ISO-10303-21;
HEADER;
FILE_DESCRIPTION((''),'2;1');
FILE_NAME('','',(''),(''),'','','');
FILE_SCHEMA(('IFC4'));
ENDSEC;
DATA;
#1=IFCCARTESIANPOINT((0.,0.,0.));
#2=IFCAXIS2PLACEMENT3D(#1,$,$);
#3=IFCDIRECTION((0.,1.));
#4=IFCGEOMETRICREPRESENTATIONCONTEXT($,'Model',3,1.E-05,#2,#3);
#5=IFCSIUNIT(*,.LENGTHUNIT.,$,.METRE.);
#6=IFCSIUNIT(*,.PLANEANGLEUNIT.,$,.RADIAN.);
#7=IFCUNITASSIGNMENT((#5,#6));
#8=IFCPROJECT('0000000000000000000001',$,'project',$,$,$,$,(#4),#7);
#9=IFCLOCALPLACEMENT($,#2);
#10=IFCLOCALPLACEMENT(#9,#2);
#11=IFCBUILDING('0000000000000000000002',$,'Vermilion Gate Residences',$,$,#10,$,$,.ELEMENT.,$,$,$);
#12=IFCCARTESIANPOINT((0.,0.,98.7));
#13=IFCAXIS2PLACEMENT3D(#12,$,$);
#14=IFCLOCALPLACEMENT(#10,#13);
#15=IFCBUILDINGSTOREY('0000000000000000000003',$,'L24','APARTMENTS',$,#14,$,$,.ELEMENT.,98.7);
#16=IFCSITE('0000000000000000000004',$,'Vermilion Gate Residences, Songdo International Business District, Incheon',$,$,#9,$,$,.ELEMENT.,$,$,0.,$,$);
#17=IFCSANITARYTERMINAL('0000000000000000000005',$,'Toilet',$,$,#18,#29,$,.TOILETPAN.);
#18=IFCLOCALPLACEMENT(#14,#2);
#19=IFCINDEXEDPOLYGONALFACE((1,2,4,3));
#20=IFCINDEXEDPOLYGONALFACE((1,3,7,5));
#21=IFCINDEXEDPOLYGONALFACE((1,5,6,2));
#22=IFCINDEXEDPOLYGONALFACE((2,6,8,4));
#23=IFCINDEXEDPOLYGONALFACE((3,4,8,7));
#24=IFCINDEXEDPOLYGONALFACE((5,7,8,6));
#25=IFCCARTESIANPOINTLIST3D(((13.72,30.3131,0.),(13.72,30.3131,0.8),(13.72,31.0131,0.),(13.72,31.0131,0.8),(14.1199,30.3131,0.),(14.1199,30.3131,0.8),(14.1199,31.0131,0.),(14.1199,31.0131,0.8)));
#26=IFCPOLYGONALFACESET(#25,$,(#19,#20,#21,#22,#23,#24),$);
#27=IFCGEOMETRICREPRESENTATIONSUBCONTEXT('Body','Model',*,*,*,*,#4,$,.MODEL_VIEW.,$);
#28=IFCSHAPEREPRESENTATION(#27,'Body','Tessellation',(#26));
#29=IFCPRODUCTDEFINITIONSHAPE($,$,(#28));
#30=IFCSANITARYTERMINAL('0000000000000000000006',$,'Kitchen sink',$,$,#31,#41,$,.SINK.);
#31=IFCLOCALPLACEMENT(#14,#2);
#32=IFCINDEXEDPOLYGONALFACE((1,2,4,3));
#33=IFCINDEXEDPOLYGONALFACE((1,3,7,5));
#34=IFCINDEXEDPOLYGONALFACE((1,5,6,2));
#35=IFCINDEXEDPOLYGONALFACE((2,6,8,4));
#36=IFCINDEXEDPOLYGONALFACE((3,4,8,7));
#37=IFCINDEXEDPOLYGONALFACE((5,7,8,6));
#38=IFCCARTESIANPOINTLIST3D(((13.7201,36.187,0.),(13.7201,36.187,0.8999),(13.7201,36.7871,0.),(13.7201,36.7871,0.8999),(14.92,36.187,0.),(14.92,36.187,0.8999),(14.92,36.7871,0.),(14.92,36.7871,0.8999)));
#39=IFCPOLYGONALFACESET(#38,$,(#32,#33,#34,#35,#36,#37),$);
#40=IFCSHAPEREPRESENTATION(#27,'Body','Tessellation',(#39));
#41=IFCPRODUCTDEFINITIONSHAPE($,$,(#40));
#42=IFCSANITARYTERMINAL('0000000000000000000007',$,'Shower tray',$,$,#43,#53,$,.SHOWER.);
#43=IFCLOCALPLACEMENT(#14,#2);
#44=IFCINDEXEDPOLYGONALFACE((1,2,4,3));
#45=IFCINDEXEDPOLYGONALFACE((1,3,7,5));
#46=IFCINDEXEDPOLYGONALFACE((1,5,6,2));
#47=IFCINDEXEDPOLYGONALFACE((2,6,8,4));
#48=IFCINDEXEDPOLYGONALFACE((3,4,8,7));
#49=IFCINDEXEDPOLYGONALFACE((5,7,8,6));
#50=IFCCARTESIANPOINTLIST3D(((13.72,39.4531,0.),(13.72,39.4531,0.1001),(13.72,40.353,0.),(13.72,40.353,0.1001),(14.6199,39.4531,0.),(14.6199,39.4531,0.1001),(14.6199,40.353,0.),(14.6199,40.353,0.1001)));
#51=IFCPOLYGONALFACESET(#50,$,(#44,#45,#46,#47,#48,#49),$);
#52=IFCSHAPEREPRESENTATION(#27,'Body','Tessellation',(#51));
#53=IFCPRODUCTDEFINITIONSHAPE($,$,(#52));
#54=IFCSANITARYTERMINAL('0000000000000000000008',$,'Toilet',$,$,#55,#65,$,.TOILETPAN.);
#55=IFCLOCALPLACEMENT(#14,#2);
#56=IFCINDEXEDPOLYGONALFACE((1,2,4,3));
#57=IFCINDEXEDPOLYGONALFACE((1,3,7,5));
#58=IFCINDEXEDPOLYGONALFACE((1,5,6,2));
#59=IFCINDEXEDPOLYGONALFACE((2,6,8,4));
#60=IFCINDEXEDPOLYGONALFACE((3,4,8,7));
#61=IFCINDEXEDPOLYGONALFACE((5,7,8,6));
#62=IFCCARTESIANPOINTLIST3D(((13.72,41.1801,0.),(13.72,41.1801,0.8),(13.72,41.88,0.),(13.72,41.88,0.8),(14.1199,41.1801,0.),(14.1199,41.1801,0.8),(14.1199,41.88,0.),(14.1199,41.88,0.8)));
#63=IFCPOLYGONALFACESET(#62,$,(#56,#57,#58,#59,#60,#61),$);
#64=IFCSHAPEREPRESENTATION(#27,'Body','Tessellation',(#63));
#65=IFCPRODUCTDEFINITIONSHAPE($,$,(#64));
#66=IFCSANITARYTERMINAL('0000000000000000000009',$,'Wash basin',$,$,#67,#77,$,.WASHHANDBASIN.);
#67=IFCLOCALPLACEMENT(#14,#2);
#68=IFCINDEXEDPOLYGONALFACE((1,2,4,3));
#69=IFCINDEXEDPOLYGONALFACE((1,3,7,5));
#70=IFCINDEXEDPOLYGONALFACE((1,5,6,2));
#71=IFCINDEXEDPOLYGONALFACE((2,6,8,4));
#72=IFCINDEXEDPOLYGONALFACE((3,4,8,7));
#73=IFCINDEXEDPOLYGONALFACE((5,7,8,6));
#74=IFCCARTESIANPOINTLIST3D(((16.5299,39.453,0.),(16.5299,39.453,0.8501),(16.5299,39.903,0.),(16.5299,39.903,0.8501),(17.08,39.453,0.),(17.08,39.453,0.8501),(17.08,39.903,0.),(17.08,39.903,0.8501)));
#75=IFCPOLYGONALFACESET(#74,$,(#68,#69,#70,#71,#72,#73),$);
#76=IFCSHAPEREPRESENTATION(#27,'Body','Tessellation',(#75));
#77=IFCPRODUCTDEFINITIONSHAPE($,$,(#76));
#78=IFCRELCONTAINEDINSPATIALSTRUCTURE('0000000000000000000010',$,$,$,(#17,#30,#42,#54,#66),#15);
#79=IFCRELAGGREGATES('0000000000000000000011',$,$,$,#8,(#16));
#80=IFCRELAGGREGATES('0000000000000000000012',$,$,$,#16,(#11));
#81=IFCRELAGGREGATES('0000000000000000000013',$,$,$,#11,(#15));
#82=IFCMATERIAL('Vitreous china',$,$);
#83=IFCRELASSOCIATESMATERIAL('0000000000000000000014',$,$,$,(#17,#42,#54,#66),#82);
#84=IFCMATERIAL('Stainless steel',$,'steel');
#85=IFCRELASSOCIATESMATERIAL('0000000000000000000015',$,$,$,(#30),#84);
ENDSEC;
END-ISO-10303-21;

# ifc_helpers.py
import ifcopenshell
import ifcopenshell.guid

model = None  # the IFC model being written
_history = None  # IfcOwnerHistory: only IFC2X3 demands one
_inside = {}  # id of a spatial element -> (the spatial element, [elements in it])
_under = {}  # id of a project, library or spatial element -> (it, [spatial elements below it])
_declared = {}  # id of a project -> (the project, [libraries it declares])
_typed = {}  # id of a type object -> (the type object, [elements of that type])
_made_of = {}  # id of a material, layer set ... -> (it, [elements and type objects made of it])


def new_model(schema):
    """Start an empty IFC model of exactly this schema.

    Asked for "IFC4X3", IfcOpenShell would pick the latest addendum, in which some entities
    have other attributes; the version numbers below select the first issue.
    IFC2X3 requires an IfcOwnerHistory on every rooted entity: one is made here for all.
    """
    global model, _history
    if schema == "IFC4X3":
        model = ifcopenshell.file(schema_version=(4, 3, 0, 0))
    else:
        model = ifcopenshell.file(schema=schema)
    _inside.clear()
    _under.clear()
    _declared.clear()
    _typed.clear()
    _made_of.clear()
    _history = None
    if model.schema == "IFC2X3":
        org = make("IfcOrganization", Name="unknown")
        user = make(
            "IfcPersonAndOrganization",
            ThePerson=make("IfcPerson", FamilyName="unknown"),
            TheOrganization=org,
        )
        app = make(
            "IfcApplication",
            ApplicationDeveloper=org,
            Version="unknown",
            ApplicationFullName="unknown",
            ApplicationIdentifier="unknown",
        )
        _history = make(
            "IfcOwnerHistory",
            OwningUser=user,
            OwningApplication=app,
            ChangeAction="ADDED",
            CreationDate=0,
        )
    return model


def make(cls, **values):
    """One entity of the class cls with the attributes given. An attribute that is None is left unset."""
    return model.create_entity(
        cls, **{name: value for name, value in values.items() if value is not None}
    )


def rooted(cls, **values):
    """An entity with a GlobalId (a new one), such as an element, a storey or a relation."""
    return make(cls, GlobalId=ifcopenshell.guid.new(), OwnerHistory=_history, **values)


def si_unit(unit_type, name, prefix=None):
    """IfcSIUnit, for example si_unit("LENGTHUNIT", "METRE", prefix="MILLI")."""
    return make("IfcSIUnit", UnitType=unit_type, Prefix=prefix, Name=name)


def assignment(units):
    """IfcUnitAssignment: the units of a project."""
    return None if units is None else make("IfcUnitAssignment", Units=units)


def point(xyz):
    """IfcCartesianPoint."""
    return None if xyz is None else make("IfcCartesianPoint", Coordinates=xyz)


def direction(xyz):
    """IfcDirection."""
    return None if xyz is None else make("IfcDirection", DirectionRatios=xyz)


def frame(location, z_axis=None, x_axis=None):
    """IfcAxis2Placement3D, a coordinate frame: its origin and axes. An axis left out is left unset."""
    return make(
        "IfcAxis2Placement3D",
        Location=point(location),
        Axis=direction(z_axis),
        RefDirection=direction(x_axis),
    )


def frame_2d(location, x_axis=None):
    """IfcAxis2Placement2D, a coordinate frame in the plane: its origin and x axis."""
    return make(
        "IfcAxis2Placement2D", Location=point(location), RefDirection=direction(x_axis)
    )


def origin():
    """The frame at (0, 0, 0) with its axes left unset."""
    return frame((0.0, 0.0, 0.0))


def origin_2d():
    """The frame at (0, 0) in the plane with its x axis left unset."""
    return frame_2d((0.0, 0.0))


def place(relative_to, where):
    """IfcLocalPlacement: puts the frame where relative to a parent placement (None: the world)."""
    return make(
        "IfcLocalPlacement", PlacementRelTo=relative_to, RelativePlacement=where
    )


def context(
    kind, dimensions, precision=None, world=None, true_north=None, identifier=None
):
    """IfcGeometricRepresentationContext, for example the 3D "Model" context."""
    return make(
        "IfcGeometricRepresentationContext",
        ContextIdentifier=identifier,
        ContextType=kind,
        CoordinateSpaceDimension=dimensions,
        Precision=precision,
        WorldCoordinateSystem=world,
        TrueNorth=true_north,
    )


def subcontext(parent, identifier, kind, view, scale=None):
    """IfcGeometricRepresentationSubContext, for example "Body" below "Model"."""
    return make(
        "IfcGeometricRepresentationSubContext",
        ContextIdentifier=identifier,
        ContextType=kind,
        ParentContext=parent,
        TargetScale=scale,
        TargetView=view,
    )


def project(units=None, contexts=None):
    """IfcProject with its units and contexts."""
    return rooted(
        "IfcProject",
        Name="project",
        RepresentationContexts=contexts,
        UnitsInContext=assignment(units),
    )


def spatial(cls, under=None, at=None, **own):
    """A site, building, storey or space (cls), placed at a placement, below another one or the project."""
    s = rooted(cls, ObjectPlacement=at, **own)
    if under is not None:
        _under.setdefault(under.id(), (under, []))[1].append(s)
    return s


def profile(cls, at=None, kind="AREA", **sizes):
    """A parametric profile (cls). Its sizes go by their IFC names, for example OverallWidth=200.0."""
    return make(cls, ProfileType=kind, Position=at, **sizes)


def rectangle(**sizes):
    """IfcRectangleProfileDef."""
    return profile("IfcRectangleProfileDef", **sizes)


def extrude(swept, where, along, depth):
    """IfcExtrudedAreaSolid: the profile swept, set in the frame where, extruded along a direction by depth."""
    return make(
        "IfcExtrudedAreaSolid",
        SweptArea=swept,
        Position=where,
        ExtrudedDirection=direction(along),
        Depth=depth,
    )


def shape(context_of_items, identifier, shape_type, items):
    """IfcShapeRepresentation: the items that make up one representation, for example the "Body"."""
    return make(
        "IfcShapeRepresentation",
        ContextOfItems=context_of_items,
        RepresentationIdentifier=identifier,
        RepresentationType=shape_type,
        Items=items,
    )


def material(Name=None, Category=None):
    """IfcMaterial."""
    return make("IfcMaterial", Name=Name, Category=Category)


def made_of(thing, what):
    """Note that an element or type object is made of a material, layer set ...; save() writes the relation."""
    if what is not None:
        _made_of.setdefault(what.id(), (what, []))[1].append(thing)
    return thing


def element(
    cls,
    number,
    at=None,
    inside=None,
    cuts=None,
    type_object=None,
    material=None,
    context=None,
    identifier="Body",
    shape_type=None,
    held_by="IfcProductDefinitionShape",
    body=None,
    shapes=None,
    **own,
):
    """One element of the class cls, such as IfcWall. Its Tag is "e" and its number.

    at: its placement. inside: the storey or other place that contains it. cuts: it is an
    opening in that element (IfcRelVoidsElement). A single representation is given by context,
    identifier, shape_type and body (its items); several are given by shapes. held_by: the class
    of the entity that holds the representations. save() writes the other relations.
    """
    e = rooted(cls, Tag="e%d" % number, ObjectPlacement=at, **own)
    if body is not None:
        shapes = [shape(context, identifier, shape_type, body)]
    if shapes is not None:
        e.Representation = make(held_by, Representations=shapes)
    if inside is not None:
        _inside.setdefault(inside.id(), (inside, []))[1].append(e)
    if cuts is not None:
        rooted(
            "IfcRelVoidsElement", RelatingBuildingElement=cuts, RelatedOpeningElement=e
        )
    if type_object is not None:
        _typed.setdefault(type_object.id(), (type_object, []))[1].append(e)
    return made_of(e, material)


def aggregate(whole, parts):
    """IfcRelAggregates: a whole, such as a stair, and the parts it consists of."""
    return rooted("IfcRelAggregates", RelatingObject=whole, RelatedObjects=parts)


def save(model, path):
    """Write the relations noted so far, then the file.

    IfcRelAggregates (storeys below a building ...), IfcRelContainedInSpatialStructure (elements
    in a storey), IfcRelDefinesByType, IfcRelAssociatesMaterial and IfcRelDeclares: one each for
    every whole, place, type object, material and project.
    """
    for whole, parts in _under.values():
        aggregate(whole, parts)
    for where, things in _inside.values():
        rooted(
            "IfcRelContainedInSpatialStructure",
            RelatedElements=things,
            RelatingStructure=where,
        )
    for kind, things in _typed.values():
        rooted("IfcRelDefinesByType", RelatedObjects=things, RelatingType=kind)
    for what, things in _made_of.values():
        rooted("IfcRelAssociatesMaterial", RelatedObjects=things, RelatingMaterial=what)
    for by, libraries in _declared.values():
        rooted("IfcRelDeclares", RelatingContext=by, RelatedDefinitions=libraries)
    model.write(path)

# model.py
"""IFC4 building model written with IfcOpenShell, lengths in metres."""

from ifc_helpers import new_model, si_unit, direction, frame, origin, origin_2d, place, context, subcontext, project, spatial, rectangle, extrude, material, element, save


model = new_model("IFC4")

# Units and contexts
model_context = context("Model", 3, precision=1e-05, world=origin(), true_north=direction((0.0, 1.0)))
body_context = subcontext(model_context, "Body", "Model", "MODEL_VIEW")
ifc_project = project(units=[si_unit("LENGTHUNIT", "METRE"), si_unit("PLANEANGLEUNIT", "RADIAN")], contexts=[model_context])

# Site, building, storey
site_placement = place(None, origin())
site = spatial("IfcSite", under=ifc_project, at=site_placement, Name="Vermilion Gate Residences, Songdo International Business District, Incheon", CompositionType="ELEMENT", RefElevation=0.0)
building_placement = place(site_placement, origin())
building = spatial("IfcBuilding", under=site, at=building_placement, Name="Vermilion Gate Residences", CompositionType="ELEMENT")
storey_placement = place(building_placement, frame((0.0, 0.0, 98.7)))
storey = spatial("IfcBuildingStorey", under=building, at=storey_placement, Name="L24", Description="APARTMENTS", CompositionType="ELEMENT", Elevation=98.7)

# Sanitary terminals
ifc_material_1 = material(Name="Vitreous china")
for number, where, z_axis, x_axis, name in (
    (1, (13.9199, 30.6631, 0.0), (0.0, 0.0, 1.0), (1.0, 0.0, 0.0), "Toilet"),
):
    element("IfcSanitaryTerminal", number, at=place(storey_placement, frame(where, z_axis=z_axis, x_axis=x_axis)), inside=storey, material=ifc_material_1, Name=name, PredefinedType="TOILETPAN", context=body_context, shape_type="SweptSolid", body=[
        extrude(rectangle(XDim=0.3999, YDim=0.7, at=origin_2d()), origin(), (0.0, 0.0, 1.0), 0.8),
    ])
ifc_material_2 = material(Name="Stainless steel", Category="steel")
sanitary_terminal_1_placement = place(storey_placement, frame((14.3201, 36.4871, 0.0), z_axis=(0.0, 0.0, 1.0), x_axis=(1.0, 0.0, 0.0)))
element("IfcSanitaryTerminal", 2, at=sanitary_terminal_1_placement, inside=storey, material=ifc_material_2, Name="Kitchen sink", PredefinedType="SINK", context=body_context, shape_type="SweptSolid", body=[
    extrude(rectangle(XDim=1.2, YDim=0.6001, at=origin_2d()), origin(), (0.0, 0.0, 1.0), 0.8999),
])
sanitary_terminal_2_placement = place(storey_placement, frame((14.1699, 39.9031, 0.0), z_axis=(0.0, 0.0, 1.0), x_axis=(1.0, 0.0, 0.0)))
element("IfcSanitaryTerminal", 3, at=sanitary_terminal_2_placement, inside=storey, material=ifc_material_1, Name="Shower tray", PredefinedType="SHOWER", context=body_context, shape_type="SweptSolid", body=[
    extrude(rectangle(XDim=0.8999, YDim=0.8999, at=origin_2d()), origin(), (0.0, 0.0, 1.0), 0.1001),
])
sanitary_terminal_3_placement = place(storey_placement, frame((13.9199, 41.53, 0.0), z_axis=(0.0, 0.0, 1.0), x_axis=(1.0, 0.0, 0.0)))
element("IfcSanitaryTerminal", 4, at=sanitary_terminal_3_placement, inside=storey, material=ifc_material_1, Name="Toilet", PredefinedType="TOILETPAN", context=body_context, shape_type="SweptSolid", body=[
    extrude(rectangle(XDim=0.3999, YDim=0.7, at=origin_2d()), origin(), (0.0, 0.0, 1.0), 0.8),
])
sanitary_terminal_4_placement = place(storey_placement, frame((16.8049, 39.678, 0.0), z_axis=(0.0, 0.0, 1.0), x_axis=(1.0, 0.0, 0.0)))
element("IfcSanitaryTerminal", 5, at=sanitary_terminal_4_placement, inside=storey, material=ifc_material_1, Name="Wash basin", PredefinedType="WASHHANDBASIN", context=body_context, shape_type="SweptSolid", body=[
    extrude(rectangle(XDim=0.55, YDim=0.45, at=origin_2d()), origin(), (0.0, 0.0, 1.0), 0.8501),
])

save(model, "model.ifc")
